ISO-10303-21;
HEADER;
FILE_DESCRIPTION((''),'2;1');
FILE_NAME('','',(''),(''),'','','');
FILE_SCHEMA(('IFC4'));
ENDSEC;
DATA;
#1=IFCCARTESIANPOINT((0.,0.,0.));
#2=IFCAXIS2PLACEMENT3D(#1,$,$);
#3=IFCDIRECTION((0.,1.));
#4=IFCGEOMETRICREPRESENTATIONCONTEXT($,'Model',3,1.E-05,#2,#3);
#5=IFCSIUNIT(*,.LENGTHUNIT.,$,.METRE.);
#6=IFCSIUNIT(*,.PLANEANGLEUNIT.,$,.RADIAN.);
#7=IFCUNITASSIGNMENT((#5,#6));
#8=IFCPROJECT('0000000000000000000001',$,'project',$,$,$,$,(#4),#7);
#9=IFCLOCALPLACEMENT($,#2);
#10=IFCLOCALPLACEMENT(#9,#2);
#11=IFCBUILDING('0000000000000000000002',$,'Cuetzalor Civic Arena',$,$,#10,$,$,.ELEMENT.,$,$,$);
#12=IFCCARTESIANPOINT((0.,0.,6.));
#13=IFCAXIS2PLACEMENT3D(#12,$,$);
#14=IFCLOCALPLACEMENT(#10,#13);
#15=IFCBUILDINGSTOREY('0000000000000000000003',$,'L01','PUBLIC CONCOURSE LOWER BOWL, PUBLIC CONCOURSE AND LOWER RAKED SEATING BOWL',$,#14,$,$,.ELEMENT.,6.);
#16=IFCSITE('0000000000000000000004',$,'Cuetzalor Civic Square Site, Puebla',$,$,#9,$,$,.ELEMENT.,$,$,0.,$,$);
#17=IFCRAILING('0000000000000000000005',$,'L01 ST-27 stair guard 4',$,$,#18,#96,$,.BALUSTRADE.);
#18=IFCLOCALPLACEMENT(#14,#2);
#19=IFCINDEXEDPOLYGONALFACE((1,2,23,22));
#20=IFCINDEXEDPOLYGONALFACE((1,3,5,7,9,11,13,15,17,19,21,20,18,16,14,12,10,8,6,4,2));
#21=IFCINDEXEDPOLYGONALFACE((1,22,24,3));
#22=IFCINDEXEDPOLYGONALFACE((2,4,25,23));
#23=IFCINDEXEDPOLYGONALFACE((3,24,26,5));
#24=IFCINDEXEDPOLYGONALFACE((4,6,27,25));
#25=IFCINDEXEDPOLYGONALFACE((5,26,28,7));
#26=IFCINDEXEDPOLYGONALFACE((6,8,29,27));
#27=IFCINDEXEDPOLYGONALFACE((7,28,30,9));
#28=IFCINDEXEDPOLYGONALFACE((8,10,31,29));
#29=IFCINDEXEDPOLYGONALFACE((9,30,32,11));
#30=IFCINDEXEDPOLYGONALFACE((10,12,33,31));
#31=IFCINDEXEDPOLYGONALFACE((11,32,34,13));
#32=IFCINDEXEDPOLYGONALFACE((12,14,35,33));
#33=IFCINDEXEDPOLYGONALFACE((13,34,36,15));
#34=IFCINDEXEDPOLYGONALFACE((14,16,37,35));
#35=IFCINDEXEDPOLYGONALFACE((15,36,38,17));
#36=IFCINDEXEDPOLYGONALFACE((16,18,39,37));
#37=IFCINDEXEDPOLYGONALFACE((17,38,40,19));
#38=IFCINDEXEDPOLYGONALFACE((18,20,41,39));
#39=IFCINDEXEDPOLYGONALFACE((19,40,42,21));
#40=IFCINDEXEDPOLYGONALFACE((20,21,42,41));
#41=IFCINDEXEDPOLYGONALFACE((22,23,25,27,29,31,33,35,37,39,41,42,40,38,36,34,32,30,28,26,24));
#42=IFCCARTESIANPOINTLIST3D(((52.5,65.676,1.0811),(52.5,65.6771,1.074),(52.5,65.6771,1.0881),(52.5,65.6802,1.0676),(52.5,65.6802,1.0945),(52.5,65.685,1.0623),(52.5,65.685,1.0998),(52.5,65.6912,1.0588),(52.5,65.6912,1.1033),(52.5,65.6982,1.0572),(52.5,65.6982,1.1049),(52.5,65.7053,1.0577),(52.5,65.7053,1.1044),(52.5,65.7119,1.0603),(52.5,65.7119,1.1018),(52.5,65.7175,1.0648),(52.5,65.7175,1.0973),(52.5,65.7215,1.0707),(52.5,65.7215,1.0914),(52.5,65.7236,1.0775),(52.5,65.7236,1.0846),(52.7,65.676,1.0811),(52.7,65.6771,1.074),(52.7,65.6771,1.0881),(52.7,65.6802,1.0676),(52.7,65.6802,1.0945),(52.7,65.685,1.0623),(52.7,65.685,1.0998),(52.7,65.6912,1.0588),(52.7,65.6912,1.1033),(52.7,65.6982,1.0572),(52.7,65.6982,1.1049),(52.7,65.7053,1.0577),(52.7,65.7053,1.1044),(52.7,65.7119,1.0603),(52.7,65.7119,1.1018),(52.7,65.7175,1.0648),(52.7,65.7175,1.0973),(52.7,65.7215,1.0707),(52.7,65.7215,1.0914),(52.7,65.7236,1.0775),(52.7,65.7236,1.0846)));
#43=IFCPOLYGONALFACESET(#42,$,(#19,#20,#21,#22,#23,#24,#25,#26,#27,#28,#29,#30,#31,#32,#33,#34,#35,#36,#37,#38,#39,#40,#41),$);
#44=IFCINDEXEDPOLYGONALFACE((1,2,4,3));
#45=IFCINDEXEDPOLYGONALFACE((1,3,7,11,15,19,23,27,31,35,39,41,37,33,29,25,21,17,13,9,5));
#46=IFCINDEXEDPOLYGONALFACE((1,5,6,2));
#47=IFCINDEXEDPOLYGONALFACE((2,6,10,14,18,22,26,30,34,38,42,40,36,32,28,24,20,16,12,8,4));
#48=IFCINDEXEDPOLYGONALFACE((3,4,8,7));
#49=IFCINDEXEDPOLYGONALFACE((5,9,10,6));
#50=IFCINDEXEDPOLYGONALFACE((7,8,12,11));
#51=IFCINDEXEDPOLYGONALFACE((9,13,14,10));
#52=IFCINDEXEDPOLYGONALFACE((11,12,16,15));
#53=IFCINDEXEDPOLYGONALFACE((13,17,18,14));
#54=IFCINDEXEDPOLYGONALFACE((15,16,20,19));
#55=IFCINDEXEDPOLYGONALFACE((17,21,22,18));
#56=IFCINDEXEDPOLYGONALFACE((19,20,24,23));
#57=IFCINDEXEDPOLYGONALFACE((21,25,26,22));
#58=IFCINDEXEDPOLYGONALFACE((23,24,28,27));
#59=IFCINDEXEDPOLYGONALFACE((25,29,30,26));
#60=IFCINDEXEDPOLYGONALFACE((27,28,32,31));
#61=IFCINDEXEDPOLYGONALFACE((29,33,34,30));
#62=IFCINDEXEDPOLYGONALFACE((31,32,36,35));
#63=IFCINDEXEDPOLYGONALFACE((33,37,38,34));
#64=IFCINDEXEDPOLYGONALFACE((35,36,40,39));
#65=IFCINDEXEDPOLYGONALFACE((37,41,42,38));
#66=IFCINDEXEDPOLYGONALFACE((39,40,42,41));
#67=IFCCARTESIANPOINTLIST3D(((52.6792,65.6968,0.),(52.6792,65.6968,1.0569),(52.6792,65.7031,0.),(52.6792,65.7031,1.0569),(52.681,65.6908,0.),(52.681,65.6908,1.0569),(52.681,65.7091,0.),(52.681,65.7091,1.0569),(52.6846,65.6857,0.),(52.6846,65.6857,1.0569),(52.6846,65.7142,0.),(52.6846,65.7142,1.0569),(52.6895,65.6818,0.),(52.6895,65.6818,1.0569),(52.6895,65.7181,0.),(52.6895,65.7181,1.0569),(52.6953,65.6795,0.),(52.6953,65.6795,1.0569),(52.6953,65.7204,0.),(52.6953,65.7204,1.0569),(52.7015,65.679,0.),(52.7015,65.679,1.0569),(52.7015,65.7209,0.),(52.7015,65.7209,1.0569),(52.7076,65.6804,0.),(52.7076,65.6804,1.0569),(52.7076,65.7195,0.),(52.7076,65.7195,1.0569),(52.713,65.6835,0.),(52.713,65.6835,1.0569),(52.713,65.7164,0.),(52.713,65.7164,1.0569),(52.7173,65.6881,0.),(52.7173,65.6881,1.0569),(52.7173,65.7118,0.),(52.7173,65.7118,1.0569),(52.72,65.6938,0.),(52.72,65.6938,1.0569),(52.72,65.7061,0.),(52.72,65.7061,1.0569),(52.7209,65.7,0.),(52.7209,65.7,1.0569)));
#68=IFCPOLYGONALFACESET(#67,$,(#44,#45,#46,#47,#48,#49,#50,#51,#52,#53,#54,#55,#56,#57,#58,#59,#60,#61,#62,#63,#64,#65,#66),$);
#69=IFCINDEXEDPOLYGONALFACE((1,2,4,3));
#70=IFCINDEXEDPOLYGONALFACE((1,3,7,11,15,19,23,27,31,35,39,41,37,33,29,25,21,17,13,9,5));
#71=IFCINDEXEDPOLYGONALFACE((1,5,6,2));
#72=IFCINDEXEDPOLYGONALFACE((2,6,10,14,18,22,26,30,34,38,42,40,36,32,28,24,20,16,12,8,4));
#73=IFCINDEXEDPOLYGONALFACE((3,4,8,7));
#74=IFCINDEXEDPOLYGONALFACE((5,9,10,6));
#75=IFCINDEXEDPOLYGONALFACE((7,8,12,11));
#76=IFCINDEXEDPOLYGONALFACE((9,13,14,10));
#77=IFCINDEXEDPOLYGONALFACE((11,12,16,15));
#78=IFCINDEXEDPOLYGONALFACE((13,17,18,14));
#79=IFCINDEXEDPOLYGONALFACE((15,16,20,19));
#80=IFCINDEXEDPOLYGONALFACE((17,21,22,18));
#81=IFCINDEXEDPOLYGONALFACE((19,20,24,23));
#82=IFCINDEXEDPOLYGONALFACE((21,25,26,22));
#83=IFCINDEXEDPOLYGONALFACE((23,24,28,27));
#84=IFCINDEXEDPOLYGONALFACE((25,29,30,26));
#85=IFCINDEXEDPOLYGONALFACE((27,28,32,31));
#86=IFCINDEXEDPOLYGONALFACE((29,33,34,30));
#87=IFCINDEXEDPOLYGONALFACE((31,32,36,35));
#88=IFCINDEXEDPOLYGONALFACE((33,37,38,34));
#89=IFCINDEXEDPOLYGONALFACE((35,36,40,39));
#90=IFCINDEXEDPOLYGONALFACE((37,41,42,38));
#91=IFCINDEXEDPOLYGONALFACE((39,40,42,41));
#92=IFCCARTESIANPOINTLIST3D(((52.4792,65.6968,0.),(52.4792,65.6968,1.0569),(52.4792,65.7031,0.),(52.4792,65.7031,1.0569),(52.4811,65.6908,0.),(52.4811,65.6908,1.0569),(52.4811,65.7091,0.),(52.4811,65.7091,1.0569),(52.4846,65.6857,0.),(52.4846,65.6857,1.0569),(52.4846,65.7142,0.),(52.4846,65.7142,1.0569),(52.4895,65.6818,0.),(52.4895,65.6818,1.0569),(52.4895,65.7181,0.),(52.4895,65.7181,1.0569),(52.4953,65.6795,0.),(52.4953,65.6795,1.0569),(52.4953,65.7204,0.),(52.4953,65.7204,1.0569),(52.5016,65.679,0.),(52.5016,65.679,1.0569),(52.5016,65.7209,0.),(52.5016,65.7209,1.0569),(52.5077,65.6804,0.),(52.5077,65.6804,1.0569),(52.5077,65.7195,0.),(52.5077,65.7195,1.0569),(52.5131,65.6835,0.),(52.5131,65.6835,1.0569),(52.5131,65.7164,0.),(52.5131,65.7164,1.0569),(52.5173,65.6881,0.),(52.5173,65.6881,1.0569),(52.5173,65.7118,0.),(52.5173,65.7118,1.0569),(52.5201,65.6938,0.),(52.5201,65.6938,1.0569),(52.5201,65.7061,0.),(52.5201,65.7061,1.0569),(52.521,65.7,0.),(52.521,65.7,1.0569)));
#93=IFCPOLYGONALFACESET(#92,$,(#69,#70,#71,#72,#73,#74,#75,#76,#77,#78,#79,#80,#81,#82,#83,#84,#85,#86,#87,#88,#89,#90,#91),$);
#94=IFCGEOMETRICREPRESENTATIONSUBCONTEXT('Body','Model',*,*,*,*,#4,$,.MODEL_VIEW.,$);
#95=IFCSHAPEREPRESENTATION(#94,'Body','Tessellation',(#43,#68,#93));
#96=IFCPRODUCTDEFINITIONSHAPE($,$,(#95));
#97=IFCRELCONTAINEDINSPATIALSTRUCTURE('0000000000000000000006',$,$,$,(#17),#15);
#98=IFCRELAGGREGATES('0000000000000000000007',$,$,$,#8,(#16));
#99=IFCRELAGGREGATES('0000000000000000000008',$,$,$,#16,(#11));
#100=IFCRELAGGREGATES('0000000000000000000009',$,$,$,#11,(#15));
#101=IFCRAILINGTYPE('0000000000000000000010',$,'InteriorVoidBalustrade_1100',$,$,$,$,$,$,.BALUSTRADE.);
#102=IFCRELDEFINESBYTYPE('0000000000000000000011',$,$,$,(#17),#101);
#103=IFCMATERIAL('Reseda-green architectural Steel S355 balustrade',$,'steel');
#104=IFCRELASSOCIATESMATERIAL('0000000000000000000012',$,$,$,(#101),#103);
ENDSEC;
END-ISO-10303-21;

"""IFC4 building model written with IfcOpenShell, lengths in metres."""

from ifc_helpers import new_model, si_unit, direction, frame, origin, origin_2d, place, context, subcontext, project, spatial, circle, extrude, material, type_object, element, save


model = new_model("IFC4")

# Units and contexts
model_context = context("Model", 3, precision=1e-05, world=origin(), true_north=direction((0.0, 1.0)))
body_context = subcontext(model_context, "Body", "Model", "MODEL_VIEW")
ifc_project = project(units=[si_unit("LENGTHUNIT", "METRE"), si_unit("PLANEANGLEUNIT", "RADIAN")], contexts=[model_context])

# Site, building, storey
site_placement = place(None, origin())
site = spatial("IfcSite", under=ifc_project, at=site_placement, Name="Cuetzalor Civic Square Site, Puebla", CompositionType="ELEMENT", RefElevation=0.0)
building_placement = place(site_placement, origin())
building = spatial("IfcBuilding", under=site, at=building_placement, Name="Cuetzalor Civic Arena", CompositionType="ELEMENT")
storey_placement = place(building_placement, frame((0.0, 0.0, 6.0)))
storey = spatial("IfcBuildingStorey", under=building, at=storey_placement, Name="L01", Description="PUBLIC CONCOURSE LOWER BOWL, PUBLIC CONCOURSE AND LOWER RAKED SEATING BOWL", CompositionType="ELEMENT", Elevation=6.0)

# Railing
ifc_material_1 = material(Name="Reseda-green architectural Steel S355 balustrade", Category="steel")
railing_type_1 = type_object("IfcRailingType", Name="InteriorVoidBalustrade_1100", PredefinedType="BALUSTRADE", material=ifc_material_1)
railing_1_placement = place(storey_placement, frame((52.7, 65.7, 0.0)))
element("IfcRailing", 1, at=railing_1_placement, inside=storey, type_object=railing_type_1, Name="L01 ST-27 stair guard 4", PredefinedType="BALUSTRADE", context=body_context, shape_type="SweptSolid", body=[
    extrude(circle(Radius=0.0239, at=origin_2d()), frame((0.0, 0.0, 1.0811), z_axis=(-1.0, 0.0, 0.0), x_axis=(0.0, -1.0, 0.0)), (0.0, 0.0, 1.0), 0.2),
    extrude(circle(Radius=0.021, at=origin_2d()), origin(), (0.0, 0.0, 1.0), 1.0569),
    extrude(circle(Radius=0.021, at=origin_2d()), frame((-0.2, 0.0, 0.0)), (0.0, 0.0, 1.0), 1.0569),
])

save(model, "model.ifc")
